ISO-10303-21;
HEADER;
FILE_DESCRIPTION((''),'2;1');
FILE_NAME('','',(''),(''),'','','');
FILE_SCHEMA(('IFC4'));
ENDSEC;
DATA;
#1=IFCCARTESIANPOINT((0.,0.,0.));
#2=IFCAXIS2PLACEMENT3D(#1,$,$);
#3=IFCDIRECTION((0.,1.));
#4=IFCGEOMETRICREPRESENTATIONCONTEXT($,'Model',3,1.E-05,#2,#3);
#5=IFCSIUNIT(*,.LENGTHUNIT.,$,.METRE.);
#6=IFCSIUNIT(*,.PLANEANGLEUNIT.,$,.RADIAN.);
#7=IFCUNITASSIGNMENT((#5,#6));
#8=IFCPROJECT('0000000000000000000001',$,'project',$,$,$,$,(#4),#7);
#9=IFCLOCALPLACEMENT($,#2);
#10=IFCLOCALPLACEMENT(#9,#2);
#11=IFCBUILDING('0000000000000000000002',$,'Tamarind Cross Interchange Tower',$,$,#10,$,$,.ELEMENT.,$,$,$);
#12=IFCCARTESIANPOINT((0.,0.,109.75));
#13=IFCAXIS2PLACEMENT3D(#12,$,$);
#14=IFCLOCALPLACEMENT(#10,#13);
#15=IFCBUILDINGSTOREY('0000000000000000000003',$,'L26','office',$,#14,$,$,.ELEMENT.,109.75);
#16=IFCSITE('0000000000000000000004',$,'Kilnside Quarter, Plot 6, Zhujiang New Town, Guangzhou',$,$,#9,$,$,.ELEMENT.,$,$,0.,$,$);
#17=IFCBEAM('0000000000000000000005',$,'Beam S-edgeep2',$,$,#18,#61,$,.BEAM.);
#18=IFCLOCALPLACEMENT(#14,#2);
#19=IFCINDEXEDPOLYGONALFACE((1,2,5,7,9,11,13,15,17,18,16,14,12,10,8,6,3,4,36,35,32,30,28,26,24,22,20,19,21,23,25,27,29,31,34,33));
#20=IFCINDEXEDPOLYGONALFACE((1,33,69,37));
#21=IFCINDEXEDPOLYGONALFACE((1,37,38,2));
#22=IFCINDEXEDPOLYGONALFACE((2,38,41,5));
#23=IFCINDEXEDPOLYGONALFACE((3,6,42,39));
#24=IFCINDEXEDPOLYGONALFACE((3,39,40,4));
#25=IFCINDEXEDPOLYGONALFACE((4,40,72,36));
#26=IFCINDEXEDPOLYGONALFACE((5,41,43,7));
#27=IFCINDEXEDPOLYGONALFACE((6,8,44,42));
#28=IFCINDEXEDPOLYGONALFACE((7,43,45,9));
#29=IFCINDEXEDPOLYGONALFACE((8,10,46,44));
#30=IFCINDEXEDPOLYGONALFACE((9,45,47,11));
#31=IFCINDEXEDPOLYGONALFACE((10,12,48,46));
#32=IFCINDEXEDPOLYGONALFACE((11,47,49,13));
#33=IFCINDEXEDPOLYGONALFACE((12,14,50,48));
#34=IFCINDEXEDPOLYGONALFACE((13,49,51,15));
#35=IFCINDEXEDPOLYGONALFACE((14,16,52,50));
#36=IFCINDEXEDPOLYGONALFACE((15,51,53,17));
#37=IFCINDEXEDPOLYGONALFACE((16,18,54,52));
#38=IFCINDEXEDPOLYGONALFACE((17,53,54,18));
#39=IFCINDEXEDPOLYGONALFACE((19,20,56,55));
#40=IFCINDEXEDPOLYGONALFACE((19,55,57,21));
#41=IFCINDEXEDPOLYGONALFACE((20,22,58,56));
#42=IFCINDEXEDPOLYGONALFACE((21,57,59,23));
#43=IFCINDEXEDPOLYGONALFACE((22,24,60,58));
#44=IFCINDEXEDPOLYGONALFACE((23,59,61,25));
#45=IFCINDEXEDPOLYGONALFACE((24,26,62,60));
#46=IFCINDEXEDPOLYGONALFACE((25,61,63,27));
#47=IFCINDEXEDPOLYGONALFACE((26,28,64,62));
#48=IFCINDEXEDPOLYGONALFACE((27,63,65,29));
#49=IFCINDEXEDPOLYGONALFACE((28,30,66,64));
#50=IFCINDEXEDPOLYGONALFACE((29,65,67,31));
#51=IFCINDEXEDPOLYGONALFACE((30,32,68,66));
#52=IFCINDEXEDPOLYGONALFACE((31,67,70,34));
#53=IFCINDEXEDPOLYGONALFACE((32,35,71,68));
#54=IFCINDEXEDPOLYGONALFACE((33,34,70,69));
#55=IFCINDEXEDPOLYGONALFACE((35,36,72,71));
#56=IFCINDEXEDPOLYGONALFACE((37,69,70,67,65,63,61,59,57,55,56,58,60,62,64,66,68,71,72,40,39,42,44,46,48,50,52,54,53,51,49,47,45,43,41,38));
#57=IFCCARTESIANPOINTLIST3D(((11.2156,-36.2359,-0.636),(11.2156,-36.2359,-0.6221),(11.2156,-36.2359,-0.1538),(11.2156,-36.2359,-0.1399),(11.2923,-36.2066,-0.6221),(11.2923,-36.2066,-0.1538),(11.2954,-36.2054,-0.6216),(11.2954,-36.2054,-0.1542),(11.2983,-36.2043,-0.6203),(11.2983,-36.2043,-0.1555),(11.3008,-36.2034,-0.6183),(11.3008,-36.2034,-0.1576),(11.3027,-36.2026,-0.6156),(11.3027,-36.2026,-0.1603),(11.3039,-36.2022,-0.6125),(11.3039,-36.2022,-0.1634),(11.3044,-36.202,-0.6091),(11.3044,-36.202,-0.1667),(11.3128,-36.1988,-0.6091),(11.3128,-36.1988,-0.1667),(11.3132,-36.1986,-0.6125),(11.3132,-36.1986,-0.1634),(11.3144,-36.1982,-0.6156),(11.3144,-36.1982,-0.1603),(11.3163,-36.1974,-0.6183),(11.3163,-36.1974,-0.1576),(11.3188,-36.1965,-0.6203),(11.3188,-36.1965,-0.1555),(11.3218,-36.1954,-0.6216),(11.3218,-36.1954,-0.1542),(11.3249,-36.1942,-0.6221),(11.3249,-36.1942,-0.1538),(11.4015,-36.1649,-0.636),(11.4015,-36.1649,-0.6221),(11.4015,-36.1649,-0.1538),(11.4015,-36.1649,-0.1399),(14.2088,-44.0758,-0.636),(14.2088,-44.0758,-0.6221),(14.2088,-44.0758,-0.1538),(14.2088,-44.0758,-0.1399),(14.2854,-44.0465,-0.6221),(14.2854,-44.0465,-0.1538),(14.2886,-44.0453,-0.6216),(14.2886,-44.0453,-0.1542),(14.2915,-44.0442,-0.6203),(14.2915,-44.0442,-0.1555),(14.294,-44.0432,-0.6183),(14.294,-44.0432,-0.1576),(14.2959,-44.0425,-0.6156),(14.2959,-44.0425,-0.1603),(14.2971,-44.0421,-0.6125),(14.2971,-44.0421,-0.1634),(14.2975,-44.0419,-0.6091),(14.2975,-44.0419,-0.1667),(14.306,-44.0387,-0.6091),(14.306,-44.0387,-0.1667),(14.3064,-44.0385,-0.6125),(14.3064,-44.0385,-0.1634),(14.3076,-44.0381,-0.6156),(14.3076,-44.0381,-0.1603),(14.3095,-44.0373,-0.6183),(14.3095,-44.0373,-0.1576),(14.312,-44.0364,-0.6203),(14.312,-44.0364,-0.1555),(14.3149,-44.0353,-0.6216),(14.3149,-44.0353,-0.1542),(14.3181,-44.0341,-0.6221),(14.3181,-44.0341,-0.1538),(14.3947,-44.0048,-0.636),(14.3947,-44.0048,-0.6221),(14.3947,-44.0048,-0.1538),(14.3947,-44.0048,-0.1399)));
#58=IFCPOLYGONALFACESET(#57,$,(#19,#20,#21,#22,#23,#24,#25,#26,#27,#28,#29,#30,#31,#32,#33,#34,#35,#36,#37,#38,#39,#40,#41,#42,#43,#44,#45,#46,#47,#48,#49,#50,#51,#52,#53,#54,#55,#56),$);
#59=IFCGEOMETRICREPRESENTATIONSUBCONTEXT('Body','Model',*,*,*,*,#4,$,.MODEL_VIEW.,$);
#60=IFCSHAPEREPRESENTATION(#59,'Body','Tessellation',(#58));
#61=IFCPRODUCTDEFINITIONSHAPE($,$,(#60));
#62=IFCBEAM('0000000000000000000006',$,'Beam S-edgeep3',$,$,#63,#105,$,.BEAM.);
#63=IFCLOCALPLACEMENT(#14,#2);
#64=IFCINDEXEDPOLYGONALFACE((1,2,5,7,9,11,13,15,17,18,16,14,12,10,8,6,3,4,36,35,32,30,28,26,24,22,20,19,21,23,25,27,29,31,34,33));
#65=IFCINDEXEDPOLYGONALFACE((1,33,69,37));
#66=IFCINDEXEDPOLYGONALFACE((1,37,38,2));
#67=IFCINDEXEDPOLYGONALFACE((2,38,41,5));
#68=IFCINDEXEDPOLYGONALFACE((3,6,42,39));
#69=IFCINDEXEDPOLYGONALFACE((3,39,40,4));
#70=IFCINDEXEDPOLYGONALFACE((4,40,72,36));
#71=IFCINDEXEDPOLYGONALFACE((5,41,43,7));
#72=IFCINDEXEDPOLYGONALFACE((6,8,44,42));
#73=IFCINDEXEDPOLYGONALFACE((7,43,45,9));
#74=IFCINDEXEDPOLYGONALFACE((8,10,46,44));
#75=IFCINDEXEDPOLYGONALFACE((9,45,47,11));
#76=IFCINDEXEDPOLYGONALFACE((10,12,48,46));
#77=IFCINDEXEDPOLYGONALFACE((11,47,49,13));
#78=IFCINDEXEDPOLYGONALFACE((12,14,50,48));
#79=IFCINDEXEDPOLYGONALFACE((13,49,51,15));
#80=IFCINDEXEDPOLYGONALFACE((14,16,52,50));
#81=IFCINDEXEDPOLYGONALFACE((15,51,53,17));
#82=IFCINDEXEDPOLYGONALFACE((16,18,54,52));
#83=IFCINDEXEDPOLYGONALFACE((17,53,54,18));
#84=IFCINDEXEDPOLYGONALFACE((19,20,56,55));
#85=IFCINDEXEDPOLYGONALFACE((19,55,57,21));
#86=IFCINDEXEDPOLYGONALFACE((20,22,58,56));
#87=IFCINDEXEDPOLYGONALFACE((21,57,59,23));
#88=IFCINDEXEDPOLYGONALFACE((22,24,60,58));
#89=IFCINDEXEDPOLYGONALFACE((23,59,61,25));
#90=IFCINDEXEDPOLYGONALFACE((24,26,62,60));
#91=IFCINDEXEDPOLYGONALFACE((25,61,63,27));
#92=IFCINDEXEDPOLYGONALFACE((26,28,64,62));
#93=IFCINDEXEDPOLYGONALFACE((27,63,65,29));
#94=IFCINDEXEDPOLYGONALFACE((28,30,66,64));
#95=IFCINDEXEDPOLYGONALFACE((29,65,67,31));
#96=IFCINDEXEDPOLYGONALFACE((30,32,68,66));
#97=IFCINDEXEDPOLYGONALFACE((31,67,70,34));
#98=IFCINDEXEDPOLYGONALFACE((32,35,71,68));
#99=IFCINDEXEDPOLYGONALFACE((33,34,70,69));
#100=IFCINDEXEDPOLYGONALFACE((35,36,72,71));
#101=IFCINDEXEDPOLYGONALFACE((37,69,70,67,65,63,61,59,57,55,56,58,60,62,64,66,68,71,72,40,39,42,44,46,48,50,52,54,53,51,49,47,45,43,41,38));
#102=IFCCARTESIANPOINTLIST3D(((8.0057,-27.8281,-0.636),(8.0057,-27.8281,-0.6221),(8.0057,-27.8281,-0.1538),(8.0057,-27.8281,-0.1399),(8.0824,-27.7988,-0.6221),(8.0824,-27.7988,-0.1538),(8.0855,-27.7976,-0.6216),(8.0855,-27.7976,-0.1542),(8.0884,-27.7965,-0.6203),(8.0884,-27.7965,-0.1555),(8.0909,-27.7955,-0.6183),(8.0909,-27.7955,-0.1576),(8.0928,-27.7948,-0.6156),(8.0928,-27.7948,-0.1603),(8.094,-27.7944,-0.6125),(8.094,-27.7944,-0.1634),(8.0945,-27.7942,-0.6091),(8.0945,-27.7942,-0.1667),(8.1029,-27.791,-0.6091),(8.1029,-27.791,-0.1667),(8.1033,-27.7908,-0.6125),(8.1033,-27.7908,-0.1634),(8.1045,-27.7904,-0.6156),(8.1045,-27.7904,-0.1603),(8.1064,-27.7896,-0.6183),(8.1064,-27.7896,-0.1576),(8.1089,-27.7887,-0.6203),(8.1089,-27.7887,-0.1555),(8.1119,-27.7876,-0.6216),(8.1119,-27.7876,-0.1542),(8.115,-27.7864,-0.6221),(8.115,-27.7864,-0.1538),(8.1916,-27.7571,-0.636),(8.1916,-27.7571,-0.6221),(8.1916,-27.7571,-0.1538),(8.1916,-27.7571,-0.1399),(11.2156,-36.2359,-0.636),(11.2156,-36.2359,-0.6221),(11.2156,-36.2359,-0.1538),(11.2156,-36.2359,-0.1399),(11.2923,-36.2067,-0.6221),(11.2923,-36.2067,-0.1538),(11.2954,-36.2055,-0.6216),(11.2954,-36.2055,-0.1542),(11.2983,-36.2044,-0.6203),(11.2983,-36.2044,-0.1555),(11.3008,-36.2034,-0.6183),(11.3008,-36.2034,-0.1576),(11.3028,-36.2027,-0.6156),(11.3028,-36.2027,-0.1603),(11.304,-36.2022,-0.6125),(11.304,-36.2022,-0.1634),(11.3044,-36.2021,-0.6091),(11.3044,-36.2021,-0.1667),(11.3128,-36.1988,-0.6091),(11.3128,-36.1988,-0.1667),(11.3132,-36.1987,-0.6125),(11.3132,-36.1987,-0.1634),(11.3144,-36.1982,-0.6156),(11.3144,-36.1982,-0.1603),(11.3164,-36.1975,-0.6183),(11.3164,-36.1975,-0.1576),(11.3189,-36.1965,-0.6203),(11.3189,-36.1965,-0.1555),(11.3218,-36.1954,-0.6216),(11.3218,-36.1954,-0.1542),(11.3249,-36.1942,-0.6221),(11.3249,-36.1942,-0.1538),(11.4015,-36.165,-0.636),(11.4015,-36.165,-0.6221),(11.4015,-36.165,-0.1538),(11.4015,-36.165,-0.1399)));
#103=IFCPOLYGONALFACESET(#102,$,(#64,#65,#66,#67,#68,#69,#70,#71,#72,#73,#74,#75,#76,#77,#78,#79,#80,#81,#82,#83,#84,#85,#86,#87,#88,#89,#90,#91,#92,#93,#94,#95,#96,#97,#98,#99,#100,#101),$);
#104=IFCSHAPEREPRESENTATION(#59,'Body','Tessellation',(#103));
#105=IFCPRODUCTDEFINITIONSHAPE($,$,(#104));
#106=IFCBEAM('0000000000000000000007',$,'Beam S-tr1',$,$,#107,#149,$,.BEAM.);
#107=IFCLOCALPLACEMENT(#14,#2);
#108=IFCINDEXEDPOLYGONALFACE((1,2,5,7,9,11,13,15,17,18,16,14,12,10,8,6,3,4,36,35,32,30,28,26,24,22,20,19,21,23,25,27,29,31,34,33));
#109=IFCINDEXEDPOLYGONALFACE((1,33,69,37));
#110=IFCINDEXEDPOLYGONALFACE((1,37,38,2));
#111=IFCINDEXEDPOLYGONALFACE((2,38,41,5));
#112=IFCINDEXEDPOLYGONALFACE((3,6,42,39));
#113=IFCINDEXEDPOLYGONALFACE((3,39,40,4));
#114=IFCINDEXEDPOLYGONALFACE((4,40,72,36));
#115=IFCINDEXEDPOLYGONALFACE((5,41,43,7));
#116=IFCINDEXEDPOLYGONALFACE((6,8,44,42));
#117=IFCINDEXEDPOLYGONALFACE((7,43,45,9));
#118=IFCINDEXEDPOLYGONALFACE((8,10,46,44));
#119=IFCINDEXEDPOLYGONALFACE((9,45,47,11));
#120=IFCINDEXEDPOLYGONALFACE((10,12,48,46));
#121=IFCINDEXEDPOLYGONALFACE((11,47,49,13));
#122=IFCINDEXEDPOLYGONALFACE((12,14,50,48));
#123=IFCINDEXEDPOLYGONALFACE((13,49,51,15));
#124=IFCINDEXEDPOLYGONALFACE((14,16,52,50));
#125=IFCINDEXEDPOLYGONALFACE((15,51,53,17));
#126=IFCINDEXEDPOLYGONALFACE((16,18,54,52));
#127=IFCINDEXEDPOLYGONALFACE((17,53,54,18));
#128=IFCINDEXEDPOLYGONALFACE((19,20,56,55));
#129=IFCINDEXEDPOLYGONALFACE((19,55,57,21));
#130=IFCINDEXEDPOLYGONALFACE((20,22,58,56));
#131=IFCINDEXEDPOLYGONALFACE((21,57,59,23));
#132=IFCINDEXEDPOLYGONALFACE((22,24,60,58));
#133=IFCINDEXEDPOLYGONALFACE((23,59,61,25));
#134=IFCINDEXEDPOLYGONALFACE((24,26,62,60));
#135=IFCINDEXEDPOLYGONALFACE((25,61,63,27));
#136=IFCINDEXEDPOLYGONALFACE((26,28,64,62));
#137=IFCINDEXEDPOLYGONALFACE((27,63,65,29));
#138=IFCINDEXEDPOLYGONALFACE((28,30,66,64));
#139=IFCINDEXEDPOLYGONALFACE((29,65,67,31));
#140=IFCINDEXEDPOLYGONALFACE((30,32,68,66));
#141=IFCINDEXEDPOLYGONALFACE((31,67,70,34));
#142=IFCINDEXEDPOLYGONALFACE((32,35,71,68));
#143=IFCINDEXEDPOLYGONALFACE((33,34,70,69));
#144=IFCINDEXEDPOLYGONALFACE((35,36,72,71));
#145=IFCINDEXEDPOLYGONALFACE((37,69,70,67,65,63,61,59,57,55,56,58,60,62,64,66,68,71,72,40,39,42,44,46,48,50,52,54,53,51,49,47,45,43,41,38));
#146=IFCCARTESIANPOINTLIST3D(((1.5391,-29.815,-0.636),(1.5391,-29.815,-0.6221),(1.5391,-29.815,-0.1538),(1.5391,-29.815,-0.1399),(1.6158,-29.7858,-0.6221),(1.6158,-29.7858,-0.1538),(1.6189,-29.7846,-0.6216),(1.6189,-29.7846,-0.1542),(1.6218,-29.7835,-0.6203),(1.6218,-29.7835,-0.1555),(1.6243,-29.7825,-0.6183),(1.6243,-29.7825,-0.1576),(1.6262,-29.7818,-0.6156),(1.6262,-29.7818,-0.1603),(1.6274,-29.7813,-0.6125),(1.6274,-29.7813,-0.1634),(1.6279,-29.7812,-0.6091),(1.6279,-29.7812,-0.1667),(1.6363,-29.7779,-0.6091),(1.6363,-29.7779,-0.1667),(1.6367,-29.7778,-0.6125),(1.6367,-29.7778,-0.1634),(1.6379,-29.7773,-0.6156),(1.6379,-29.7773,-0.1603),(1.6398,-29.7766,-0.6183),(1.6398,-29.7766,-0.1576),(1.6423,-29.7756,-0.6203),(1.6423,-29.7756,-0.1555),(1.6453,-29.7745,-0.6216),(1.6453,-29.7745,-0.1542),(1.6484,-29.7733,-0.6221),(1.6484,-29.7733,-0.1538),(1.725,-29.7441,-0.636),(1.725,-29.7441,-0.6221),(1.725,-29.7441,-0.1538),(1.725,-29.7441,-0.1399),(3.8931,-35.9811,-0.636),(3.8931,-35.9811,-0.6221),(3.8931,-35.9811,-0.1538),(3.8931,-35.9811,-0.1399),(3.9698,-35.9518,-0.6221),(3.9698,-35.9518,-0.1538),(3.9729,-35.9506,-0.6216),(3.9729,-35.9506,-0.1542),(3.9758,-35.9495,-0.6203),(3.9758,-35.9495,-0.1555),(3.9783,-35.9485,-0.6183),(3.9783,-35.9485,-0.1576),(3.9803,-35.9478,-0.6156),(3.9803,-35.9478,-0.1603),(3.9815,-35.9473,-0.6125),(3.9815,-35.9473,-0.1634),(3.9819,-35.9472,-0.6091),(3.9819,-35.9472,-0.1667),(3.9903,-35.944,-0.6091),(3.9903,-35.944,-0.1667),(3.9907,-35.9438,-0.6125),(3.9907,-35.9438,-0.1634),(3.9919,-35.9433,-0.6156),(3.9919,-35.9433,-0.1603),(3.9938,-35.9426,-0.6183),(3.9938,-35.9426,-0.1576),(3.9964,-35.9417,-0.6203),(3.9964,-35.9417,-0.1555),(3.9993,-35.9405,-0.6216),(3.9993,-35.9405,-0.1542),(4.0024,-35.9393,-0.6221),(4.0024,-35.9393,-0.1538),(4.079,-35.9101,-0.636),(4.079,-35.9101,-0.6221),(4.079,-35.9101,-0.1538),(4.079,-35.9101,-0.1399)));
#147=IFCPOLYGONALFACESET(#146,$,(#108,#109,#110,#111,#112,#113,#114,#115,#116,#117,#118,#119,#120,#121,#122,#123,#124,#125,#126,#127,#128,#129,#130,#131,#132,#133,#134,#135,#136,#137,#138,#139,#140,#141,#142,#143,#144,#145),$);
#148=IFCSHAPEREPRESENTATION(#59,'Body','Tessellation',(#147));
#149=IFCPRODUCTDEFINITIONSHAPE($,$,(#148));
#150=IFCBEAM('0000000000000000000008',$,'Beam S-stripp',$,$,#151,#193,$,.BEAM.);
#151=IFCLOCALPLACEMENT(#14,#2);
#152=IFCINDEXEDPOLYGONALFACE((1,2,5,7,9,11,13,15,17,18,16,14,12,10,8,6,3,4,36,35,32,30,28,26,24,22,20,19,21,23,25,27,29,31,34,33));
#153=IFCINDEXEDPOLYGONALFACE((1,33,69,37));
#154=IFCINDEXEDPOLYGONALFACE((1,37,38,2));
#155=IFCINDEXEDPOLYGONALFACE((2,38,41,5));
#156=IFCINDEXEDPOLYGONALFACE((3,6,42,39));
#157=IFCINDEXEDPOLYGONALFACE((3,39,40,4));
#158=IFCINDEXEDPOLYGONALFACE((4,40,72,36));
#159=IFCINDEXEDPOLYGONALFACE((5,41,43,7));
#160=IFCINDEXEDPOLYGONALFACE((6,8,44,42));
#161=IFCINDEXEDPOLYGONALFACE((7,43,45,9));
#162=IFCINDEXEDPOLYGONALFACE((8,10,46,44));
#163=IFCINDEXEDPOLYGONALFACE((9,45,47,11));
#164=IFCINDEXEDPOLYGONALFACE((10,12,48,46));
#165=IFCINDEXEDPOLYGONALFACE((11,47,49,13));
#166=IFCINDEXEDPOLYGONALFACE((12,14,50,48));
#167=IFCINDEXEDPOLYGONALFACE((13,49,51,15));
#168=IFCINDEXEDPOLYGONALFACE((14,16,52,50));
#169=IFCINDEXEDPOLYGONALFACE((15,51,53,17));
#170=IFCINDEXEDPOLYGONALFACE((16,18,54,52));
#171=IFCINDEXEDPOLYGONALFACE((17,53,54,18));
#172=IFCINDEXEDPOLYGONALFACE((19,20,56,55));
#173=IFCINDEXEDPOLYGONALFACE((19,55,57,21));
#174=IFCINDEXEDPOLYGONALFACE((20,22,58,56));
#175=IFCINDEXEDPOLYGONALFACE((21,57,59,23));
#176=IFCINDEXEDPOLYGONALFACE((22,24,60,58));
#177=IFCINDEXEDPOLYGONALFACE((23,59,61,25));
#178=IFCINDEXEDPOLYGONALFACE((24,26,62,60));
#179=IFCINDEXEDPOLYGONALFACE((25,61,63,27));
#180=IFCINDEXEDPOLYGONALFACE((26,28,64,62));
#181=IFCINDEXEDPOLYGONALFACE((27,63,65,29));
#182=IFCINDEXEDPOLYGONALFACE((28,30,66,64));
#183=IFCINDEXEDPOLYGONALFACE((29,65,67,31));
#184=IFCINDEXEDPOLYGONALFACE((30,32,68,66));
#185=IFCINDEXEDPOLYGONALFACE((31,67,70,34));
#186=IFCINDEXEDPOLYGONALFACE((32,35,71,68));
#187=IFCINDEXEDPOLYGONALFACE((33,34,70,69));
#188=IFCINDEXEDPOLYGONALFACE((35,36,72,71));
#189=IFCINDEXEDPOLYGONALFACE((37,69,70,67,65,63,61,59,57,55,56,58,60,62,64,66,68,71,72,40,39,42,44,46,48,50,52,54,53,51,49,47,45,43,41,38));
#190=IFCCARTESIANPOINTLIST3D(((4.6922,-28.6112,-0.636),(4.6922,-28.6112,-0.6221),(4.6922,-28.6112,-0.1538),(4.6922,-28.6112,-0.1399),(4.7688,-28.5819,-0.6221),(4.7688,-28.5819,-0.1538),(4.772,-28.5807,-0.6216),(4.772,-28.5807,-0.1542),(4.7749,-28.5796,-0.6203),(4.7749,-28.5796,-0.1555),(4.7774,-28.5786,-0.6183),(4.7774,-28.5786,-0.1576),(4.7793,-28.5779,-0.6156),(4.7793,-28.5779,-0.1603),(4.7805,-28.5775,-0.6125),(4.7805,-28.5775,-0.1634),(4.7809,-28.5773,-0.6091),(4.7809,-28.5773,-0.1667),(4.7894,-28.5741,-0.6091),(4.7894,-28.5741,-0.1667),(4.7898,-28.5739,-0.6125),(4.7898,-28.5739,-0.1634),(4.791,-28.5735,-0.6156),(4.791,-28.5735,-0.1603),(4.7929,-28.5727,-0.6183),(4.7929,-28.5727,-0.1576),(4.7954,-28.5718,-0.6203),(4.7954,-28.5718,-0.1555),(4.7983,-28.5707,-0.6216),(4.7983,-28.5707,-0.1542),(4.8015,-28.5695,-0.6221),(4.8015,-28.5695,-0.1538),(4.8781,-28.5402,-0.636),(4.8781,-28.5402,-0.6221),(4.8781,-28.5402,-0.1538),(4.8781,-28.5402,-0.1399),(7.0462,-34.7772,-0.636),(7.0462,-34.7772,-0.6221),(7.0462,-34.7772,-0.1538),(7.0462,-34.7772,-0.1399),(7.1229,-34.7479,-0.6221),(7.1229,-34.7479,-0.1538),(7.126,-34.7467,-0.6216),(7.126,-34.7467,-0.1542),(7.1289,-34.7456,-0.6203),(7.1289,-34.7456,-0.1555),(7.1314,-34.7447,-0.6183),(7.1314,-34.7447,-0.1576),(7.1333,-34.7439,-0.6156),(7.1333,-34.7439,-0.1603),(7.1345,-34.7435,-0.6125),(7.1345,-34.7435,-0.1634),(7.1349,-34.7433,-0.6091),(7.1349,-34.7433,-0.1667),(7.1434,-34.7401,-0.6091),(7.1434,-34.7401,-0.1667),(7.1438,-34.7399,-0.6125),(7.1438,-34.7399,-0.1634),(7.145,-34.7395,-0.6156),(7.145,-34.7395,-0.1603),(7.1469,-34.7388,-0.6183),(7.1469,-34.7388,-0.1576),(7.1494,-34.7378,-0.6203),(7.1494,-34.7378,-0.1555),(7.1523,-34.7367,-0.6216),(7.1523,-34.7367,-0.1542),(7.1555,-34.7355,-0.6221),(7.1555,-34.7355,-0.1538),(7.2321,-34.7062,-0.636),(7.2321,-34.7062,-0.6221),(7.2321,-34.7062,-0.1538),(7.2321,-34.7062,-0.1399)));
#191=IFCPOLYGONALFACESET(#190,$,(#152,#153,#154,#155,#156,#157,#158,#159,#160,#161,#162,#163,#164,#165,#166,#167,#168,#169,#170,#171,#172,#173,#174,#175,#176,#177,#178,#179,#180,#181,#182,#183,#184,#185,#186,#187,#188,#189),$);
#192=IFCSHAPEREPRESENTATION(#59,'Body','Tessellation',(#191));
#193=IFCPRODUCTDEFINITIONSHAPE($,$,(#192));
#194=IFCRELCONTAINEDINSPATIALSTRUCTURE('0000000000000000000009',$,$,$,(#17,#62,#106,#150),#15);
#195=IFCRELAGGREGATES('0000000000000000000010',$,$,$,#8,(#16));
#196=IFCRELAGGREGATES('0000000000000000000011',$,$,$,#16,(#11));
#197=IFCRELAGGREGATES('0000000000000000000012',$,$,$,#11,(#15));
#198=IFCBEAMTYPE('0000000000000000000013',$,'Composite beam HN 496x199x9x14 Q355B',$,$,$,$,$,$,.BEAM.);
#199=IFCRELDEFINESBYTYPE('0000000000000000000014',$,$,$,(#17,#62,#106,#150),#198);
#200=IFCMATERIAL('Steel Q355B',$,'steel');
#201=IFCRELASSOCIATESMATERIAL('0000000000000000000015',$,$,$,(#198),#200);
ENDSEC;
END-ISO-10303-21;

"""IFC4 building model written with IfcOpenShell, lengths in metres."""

from ifc_helpers import new_model, si_unit, direction, frame, origin, origin_2d, place, context, subcontext, project, spatial, i_section, extrude, material, material_profile, profile_set, type_object, element, save


model = new_model("IFC4")

# Units and contexts
model_context = context("Model", 3, precision=1e-05, world=origin(), true_north=direction((0.0, 1.0)))
body_context = subcontext(model_context, "Body", "Model", "MODEL_VIEW")
ifc_project = project(units=[si_unit("LENGTHUNIT", "METRE"), si_unit("PLANEANGLEUNIT", "RADIAN")], contexts=[model_context])

# Site, building, storey
site_placement = place(None, origin())
site = spatial("IfcSite", under=ifc_project, at=site_placement, Name="Kilnside Quarter, Plot 6, Zhujiang New Town, Guangzhou", CompositionType="ELEMENT", RefElevation=0.0)
building_placement = place(site_placement, origin())
building = spatial("IfcBuilding", under=site, at=building_placement, Name="Tamarind Cross Interchange Tower", CompositionType="ELEMENT")
storey_placement = place(building_placement, frame((0.0, 0.0, 109.75)))
storey = spatial("IfcBuildingStorey", under=building, at=storey_placement, Name="L26", Description="office", CompositionType="ELEMENT", Elevation=109.75)

# Beams
ifc_material_1 = material(Name="Steel Q355B", Category="steel")
ifc_material_profile_1 = material_profile(ifc_material_1, i_section(OverallWidth=0.199, OverallDepth=0.4961, WebThickness=0.009, FlangeThickness=0.0139, FilletRadius=0.0129, at=origin_2d()), Name="HN 496x199x9x14")
ifc_profile_set_1 = profile_set([ifc_material_profile_1], Name="Steel Q355B")
beam_type_1 = type_object("IfcBeamType", Name="Composite beam HN 496x199x9x14 Q355B", PredefinedType="BEAM", material=ifc_profile_set_1)
beam_1_placement = place(storey_placement, frame((14.3018, -44.0403, -0.3879), z_axis=(-0.356678, 0.934228, 0.0), x_axis=(-0.934228, -0.356678, 0.0)))
element("IfcBeam", 1, at=beam_1_placement, inside=storey, type_object=beam_type_1, Name="Beam S-edgeep2", PredefinedType="BEAM", context=body_context, shape_type="SweptSolid", body=[
    extrude(i_section(OverallWidth=0.199, OverallDepth=0.4961, WebThickness=0.009, FlangeThickness=0.0139, FilletRadius=0.0129, at=origin_2d()), origin(), (0.0, 0.0, 1.0), 8.3918),
])
beam_2_placement = place(storey_placement, frame((11.3086, -36.2004, -0.3879), z_axis=(-0.356668, 0.934231, 0.0), x_axis=(-0.934231, -0.356668, 0.0)))
element("IfcBeam", 2, at=beam_2_placement, inside=storey, type_object=beam_type_1, Name="Beam S-edgeep3", PredefinedType="BEAM", context=body_context, shape_type="SweptSolid", body=[
    extrude(i_section(OverallWidth=0.199, OverallDepth=0.4961, WebThickness=0.009, FlangeThickness=0.0139, FilletRadius=0.0129, at=origin_2d()), origin(), (0.0, 0.0, 1.0), 8.9998),
])
for number, where, z_axis, x_axis, name in (
    (3, (1.6321, -29.7795, -0.3879), (0.356663, -0.934233, 0.0), (0.934233, 0.356663, 0.0), "Beam S-tr1"),
    (4, (4.7852, -28.5757, -0.3879), (0.356663, -0.934233, 0.0), (0.934233, 0.356663, 0.0), "Beam S-stripp"),
):
    element("IfcBeam", number, at=place(storey_placement, frame(where, z_axis=z_axis, x_axis=x_axis)), inside=storey, type_object=beam_type_1, Name=name, PredefinedType="BEAM", context=body_context, shape_type="SweptSolid", body=[
        extrude(i_section(OverallWidth=0.199, OverallDepth=0.4961, WebThickness=0.009, FlangeThickness=0.0139, FilletRadius=0.0129, at=origin_2d()), origin(), (0.0, 0.0, 1.0), 6.6001),
    ])

save(model, "model.ifc")
